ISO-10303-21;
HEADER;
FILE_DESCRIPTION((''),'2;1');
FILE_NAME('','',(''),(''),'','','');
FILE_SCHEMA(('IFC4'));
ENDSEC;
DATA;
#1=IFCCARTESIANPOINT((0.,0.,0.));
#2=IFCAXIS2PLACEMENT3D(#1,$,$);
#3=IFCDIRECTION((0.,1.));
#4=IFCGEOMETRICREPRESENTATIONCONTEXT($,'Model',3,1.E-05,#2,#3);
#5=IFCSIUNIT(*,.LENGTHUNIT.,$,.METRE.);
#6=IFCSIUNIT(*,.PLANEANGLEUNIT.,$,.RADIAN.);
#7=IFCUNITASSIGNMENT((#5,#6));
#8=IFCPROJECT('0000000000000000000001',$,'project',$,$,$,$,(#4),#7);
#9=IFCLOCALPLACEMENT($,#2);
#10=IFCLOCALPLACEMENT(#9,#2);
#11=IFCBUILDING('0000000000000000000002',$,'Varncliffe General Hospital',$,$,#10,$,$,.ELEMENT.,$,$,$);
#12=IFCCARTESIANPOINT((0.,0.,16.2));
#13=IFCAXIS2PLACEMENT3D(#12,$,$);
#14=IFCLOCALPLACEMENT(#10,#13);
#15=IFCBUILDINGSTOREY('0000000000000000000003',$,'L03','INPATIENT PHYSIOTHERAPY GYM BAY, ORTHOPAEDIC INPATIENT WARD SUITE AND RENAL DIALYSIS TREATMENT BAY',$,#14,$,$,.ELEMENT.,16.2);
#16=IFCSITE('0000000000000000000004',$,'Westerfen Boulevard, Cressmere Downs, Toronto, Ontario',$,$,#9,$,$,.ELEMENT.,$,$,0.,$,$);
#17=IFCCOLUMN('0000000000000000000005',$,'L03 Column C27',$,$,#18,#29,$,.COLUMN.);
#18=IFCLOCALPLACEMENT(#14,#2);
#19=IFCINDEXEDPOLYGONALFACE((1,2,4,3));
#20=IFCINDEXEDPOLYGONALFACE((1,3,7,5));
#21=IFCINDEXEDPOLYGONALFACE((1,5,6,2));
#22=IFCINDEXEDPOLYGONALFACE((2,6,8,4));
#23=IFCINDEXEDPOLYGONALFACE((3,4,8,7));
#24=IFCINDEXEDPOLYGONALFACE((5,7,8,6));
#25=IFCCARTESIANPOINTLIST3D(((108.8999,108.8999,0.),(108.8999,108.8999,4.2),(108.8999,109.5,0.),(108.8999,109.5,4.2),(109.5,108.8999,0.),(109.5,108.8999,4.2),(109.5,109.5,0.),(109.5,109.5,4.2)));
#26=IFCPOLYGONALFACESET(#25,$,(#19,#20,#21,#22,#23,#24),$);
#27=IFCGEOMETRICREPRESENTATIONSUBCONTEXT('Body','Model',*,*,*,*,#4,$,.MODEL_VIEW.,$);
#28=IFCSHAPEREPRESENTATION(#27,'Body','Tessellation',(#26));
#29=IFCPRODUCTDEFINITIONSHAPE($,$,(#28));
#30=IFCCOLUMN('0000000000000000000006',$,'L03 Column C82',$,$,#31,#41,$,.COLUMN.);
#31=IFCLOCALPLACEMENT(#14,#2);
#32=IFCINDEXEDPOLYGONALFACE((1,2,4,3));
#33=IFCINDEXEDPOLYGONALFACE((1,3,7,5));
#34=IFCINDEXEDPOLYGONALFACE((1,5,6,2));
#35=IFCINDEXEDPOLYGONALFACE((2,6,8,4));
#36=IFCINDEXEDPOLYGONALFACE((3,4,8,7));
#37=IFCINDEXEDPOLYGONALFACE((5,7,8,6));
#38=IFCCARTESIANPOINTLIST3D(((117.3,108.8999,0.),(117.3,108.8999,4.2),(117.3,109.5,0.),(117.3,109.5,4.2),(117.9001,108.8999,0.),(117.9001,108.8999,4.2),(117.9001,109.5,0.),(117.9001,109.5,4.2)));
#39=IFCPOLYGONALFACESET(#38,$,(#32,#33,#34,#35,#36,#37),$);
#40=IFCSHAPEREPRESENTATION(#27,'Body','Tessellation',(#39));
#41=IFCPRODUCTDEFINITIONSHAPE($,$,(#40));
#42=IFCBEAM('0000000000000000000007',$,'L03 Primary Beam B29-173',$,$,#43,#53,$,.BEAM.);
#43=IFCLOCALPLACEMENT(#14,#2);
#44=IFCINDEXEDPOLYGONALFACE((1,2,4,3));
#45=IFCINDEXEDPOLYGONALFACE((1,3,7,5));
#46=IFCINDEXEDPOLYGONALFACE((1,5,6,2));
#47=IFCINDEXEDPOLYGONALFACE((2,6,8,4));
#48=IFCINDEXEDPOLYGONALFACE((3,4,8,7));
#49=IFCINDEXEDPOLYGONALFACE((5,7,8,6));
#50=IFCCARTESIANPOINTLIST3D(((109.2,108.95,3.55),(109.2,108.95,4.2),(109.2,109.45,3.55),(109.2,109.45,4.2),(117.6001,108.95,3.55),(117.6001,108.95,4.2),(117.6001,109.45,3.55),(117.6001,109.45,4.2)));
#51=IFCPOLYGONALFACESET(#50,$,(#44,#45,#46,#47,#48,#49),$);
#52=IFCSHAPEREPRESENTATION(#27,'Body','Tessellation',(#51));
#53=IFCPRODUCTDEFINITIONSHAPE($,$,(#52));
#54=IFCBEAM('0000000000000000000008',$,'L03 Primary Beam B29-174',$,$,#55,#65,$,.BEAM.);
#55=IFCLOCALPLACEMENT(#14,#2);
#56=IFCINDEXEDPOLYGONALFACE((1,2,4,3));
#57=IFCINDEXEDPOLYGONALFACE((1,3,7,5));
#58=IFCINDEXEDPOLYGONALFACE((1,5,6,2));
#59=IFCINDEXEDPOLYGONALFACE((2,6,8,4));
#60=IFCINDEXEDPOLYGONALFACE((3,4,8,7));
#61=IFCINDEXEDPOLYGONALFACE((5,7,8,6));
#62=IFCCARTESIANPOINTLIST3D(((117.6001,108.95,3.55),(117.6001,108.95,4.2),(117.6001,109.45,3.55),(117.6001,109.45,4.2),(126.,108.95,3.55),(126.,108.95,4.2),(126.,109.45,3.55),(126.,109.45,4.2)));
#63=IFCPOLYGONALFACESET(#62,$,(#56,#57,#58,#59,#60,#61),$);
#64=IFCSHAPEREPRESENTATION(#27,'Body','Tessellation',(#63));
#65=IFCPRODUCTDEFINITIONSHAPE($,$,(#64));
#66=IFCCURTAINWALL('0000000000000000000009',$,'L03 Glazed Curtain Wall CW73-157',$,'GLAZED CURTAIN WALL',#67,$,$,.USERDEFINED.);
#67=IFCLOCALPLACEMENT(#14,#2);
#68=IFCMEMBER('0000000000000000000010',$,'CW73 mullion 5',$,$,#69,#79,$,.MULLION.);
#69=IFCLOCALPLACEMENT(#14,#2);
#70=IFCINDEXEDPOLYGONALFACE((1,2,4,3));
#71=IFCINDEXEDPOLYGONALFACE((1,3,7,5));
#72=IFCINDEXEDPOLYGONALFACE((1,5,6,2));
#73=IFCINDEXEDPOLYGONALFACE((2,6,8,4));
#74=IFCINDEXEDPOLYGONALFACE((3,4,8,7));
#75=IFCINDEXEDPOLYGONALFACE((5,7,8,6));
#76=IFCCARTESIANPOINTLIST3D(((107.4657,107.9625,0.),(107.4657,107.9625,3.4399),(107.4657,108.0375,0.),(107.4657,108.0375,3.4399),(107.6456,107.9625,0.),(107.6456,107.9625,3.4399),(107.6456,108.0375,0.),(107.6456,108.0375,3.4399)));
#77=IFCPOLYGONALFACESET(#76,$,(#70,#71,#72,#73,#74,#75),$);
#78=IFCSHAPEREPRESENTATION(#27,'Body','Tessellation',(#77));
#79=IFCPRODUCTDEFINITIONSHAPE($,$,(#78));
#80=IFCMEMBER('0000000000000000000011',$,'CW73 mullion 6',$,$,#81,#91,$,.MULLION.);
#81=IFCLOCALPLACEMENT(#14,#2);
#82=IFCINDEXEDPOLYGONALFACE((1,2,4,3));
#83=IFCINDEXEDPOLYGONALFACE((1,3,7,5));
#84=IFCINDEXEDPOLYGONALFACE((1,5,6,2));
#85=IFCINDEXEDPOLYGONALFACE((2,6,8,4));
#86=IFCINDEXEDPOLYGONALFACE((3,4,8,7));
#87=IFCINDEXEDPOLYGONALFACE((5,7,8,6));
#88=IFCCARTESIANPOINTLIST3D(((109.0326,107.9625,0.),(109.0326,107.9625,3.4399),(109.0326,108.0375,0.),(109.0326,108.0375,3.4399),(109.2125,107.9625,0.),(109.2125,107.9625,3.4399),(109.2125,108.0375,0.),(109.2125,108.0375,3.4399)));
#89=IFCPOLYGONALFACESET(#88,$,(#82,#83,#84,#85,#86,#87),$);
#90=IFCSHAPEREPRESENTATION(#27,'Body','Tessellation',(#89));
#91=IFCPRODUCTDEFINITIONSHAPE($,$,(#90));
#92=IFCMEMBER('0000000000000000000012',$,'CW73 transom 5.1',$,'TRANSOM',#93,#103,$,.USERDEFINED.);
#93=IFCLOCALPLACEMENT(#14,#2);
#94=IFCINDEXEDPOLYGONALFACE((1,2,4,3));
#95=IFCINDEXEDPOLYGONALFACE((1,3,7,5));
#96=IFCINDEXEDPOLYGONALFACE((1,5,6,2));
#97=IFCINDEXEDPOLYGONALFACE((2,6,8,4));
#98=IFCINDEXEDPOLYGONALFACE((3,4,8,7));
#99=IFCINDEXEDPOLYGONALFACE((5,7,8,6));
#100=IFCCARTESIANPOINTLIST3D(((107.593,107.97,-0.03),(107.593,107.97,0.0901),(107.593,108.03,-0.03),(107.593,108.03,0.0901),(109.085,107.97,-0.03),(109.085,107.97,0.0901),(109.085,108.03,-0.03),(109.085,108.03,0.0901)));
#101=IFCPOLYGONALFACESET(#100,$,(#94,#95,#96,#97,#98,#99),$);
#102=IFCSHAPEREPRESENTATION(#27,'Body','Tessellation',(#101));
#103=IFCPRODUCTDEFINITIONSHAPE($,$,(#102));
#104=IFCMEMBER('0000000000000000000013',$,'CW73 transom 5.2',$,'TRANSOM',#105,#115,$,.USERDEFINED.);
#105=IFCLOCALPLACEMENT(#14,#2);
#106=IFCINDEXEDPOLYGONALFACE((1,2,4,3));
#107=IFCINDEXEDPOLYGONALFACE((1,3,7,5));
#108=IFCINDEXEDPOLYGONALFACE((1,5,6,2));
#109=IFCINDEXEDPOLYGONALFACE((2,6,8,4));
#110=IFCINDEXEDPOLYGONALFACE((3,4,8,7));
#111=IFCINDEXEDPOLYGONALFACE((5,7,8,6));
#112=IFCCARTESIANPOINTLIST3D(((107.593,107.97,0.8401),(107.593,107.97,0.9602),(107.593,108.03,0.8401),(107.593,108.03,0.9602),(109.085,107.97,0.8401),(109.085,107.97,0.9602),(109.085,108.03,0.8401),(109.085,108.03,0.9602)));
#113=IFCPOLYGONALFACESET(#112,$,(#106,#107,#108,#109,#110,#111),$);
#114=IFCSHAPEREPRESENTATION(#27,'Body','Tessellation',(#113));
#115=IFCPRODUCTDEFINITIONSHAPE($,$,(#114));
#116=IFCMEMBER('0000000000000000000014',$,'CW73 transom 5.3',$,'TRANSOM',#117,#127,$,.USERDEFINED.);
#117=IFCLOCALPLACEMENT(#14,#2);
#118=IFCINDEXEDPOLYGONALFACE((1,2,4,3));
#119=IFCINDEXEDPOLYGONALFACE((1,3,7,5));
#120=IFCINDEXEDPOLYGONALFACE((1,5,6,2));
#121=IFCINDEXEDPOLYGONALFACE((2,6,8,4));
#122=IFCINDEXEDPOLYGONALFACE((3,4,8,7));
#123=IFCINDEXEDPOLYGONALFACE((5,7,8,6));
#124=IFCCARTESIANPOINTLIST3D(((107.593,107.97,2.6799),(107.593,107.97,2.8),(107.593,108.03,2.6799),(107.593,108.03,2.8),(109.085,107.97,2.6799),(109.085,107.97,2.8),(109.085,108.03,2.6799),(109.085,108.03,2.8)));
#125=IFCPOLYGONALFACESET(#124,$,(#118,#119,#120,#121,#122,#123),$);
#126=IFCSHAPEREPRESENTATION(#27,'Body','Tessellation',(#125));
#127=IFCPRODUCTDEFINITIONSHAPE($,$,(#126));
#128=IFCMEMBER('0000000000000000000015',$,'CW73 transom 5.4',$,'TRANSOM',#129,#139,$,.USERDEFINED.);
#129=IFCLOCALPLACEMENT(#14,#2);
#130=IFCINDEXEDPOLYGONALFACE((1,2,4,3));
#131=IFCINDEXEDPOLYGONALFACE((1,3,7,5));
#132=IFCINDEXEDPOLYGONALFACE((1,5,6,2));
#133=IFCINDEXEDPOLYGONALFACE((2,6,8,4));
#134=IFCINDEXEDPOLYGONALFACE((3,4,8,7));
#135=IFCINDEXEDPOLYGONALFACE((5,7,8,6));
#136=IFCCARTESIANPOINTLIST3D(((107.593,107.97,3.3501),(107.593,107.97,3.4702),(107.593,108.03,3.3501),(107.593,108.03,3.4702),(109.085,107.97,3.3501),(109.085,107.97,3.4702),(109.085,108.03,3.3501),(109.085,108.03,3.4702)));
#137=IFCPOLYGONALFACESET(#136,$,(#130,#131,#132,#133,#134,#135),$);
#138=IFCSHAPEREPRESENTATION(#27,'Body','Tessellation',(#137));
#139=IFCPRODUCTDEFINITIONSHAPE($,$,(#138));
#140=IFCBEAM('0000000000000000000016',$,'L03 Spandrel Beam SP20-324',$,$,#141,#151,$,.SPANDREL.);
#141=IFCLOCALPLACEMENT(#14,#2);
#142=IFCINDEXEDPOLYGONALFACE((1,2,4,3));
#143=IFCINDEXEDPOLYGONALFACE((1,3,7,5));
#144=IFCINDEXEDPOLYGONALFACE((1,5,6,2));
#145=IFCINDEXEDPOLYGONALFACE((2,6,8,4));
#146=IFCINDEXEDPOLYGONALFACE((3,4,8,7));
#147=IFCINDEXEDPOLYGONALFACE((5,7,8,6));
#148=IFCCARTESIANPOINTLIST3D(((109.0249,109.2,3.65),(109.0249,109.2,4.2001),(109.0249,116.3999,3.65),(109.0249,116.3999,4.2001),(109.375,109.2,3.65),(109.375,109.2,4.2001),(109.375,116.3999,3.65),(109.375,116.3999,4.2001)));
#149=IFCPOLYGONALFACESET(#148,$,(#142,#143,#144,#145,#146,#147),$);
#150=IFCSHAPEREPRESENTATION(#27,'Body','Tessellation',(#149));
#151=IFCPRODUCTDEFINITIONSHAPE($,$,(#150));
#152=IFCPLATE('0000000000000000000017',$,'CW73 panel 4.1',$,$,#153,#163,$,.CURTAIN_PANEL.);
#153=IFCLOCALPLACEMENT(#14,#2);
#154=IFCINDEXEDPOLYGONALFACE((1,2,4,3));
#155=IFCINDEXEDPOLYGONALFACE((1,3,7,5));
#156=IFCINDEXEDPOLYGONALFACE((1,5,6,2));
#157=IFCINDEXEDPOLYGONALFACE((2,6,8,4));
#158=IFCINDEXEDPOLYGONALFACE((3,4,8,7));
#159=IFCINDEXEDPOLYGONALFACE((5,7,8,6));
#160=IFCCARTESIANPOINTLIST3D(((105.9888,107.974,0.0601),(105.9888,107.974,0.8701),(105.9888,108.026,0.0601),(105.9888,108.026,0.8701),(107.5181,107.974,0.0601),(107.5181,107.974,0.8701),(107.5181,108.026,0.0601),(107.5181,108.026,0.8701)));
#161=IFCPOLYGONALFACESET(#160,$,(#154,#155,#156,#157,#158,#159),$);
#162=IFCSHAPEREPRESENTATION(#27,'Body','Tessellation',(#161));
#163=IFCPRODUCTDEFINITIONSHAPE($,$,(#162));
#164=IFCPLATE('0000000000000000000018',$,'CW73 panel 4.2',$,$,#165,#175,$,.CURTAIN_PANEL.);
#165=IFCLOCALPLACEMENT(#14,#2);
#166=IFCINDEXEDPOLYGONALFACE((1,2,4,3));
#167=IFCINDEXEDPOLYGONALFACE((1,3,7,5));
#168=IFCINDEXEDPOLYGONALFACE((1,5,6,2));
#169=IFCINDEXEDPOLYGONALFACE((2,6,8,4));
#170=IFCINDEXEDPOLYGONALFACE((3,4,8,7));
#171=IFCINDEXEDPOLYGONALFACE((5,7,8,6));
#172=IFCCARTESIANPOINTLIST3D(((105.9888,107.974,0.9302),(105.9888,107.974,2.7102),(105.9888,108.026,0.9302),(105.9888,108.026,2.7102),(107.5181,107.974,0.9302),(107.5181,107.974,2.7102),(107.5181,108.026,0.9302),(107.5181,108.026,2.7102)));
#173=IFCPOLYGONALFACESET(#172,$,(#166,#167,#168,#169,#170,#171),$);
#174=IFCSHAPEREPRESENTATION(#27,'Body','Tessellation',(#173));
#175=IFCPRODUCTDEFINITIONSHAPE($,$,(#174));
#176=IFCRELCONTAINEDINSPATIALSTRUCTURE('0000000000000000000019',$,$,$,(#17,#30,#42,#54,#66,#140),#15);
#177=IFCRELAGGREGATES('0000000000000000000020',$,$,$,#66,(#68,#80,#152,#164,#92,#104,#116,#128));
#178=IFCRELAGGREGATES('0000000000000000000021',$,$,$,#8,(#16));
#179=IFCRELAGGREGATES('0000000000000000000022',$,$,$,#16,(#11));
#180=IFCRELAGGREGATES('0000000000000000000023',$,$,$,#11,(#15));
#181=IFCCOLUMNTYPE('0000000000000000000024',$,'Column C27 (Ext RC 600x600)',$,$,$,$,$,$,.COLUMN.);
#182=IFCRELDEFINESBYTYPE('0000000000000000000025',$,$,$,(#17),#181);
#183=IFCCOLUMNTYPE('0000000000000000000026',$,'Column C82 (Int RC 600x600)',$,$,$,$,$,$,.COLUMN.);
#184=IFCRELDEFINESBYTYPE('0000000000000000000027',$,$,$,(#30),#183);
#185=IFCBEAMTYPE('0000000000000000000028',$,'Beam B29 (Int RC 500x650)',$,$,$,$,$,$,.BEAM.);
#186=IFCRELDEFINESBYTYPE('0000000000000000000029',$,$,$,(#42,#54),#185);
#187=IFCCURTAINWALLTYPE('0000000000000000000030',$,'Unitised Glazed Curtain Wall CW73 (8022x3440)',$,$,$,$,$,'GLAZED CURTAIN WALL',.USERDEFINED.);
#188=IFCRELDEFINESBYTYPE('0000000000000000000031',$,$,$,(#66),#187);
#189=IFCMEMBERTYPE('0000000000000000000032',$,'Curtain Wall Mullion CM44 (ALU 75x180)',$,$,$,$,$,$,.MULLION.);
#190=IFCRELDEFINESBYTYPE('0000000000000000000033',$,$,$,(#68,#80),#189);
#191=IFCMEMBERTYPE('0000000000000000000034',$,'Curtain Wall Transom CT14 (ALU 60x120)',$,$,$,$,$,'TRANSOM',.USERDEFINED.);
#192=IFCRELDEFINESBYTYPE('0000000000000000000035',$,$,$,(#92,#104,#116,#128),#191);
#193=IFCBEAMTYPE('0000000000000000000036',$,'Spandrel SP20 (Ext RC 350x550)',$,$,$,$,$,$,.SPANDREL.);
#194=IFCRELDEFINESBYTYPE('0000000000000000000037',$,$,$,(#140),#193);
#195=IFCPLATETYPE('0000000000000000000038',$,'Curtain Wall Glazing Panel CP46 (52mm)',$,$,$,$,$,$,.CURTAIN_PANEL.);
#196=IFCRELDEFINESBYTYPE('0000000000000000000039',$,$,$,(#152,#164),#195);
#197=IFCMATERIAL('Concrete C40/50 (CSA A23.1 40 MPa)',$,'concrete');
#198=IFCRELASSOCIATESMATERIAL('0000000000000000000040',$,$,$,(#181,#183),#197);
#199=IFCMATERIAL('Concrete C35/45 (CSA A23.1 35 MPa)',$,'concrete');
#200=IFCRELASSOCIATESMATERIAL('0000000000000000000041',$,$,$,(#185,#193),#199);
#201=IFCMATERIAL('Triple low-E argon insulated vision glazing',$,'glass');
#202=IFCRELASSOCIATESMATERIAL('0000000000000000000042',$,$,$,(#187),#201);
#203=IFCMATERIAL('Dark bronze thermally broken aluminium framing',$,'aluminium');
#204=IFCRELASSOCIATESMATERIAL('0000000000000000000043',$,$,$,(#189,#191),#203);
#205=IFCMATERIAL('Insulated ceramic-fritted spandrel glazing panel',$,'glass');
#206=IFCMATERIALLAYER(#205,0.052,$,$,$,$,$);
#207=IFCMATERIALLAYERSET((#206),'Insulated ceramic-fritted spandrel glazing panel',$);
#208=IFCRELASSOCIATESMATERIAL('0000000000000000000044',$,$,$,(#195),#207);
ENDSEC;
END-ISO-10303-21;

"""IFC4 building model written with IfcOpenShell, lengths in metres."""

from ifc_helpers import new_model, si_unit, direction, frame, origin, origin_2d, place, context, subcontext, project, spatial, rectangle, extrude, material, layer, layer_set, material_profile, profile_set, type_object, element, aggregate, save


model = new_model("IFC4")

# Units and contexts
model_context = context("Model", 3, precision=1e-05, world=origin(), true_north=direction((0.0, 1.0)))
body_context = subcontext(model_context, "Body", "Model", "MODEL_VIEW")
ifc_project = project(units=[si_unit("LENGTHUNIT", "METRE"), si_unit("PLANEANGLEUNIT", "RADIAN")], contexts=[model_context])

# Site, building, storey
site_placement = place(None, origin())
site = spatial("IfcSite", under=ifc_project, at=site_placement, Name="Westerfen Boulevard, Cressmere Downs, Toronto, Ontario", CompositionType="ELEMENT", RefElevation=0.0)
building_placement = place(site_placement, origin())
building = spatial("IfcBuilding", under=site, at=building_placement, Name="Varncliffe General Hospital", CompositionType="ELEMENT")
storey_placement = place(building_placement, frame((0.0, 0.0, 16.2)))
storey = spatial("IfcBuildingStorey", under=building, at=storey_placement, Name="L03", Description="INPATIENT PHYSIOTHERAPY GYM BAY, ORTHOPAEDIC INPATIENT WARD SUITE AND RENAL DIALYSIS TREATMENT BAY", CompositionType="ELEMENT", Elevation=16.2)

# Columns
ifc_material_1 = material(Name="Concrete C40/50 (CSA A23.1 40 MPa)", Category="concrete")
ifc_material_profile_1 = material_profile(ifc_material_1, rectangle(XDim=0.6001, YDim=0.6001, at=origin_2d()), Name="RC 600x600")
ifc_profile_set_1 = profile_set([ifc_material_profile_1], Name="Concrete C40/50 (CSA A23.1 40 MPa)")
column_type_1 = type_object("IfcColumnType", Name="Column C27 (Ext RC 600x600)", PredefinedType="COLUMN", material=ifc_profile_set_1)
column_1_placement = place(storey_placement, frame((109.2, 109.2, 0.0), z_axis=(0.0, 0.0, 1.0), x_axis=(1.0, 0.0, 0.0)))
element("IfcColumn", 1, at=column_1_placement, inside=storey, type_object=column_type_1, Name="L03 Column C27", PredefinedType="COLUMN", context=body_context, shape_type="SweptSolid", body=[
    extrude(rectangle(XDim=0.6001, YDim=0.6001, at=origin_2d()), origin(), (0.0, 0.0, 1.0), 4.2),
])
ifc_material_profile_2 = material_profile(ifc_material_1, rectangle(XDim=0.6001, YDim=0.6001, at=origin_2d()), Name="RC 600x600")
ifc_profile_set_2 = profile_set([ifc_material_profile_2], Name="Concrete C40/50 (CSA A23.1 40 MPa)")
column_type_2 = type_object("IfcColumnType", Name="Column C82 (Int RC 600x600)", PredefinedType="COLUMN", material=ifc_profile_set_2)
column_2_placement = place(storey_placement, frame((117.6001, 109.2, 0.0), z_axis=(0.0, 0.0, 1.0), x_axis=(1.0, 0.0, 0.0)))
element("IfcColumn", 2, at=column_2_placement, inside=storey, type_object=column_type_2, Name="L03 Column C82", PredefinedType="COLUMN", context=body_context, shape_type="SweptSolid", body=[
    extrude(rectangle(XDim=0.6001, YDim=0.6001, at=origin_2d()), origin(), (0.0, 0.0, 1.0), 4.2),
])

# Beams
ifc_material_2 = material(Name="Concrete C35/45 (CSA A23.1 35 MPa)", Category="concrete")
ifc_material_profile_3 = material_profile(ifc_material_2, rectangle(XDim=0.5, YDim=0.6499, at=origin_2d()), Name="RC 500x650")
ifc_profile_set_3 = profile_set([ifc_material_profile_3], Name="Concrete C35/45 (CSA A23.1 35 MPa)")
beam_type_1 = type_object("IfcBeamType", Name="Beam B29 (Int RC 500x650)", PredefinedType="BEAM", material=ifc_profile_set_3)
beam_1_placement = place(storey_placement, frame((109.2, 109.2, 3.875), z_axis=(1.0, 0.0, 0.0), x_axis=(0.0, 1.0, 0.0)))
element("IfcBeam", 3, at=beam_1_placement, inside=storey, type_object=beam_type_1, Name="L03 Primary Beam B29-173", PredefinedType="BEAM", context=body_context, shape_type="SweptSolid", body=[
    extrude(rectangle(XDim=0.5, YDim=0.6499, at=origin_2d()), origin(), (0.0, 0.0, 1.0), 8.4001),
])
beam_2_placement = place(storey_placement, frame((117.6001, 109.2, 3.875), z_axis=(1.0, 0.0, 0.0), x_axis=(0.0, 1.0, 0.0)))
element("IfcBeam", 4, at=beam_2_placement, inside=storey, type_object=beam_type_1, Name="L03 Primary Beam B29-174", PredefinedType="BEAM", context=body_context, shape_type="SweptSolid", body=[
    extrude(rectangle(XDim=0.5, YDim=0.6499, at=origin_2d()), origin(), (0.0, 0.0, 1.0), 8.3999),
])

# Curtain wall, members
ifc_material_3 = material(Name="Triple low-E argon insulated vision glazing", Category="glass")
curtain_wall_type = type_object("IfcCurtainWallType", Name="Unitised Glazed Curtain Wall CW73 (8022x3440)", ElementType="GLAZED CURTAIN WALL", PredefinedType="USERDEFINED", material=ifc_material_3)
curtain_wall_placement = place(storey_placement, origin())
curtain_wall = element("IfcCurtainWall", 5, at=curtain_wall_placement, inside=storey, type_object=curtain_wall_type, Name="L03 Glazed Curtain Wall CW73-157", ObjectType="GLAZED CURTAIN WALL", PredefinedType="USERDEFINED")
ifc_material_4 = material(Name="Dark bronze thermally broken aluminium framing", Category="aluminium")
ifc_material_profile_4 = material_profile(ifc_material_4, rectangle(XDim=0.075, YDim=0.1799, at=origin_2d()), Name="ALU 75x180")
ifc_profile_set_4 = profile_set([ifc_material_profile_4], Name="Dark bronze thermally broken aluminium framing")
member_type_1 = type_object("IfcMemberType", Name="Curtain Wall Mullion CM44 (ALU 75x180)", PredefinedType="MULLION", material=ifc_profile_set_4)
member_1_placement = place(storey_placement, frame((107.5557, 108.0, 0.0), z_axis=(0.0, 0.0, 1.0), x_axis=(0.0, 1.0, 0.0)))
member_1 = element("IfcMember", 6, at=member_1_placement, type_object=member_type_1, Name="CW73 mullion 5", PredefinedType="MULLION", context=body_context, shape_type="SweptSolid", body=[
    extrude(rectangle(XDim=0.075, YDim=0.1799, at=origin_2d()), origin(), (0.0, 0.0, 1.0), 3.4399),
])
member_2_placement = place(storey_placement, frame((109.1226, 108.0, 0.0), z_axis=(0.0, 0.0, 1.0), x_axis=(0.0, 1.0, 0.0)))
member_2 = element("IfcMember", 7, at=member_2_placement, type_object=member_type_1, Name="CW73 mullion 6", PredefinedType="MULLION", context=body_context, shape_type="SweptSolid", body=[
    extrude(rectangle(XDim=0.075, YDim=0.1799, at=origin_2d()), origin(), (0.0, 0.0, 1.0), 3.4399),
])
ifc_material_profile_5 = material_profile(ifc_material_4, rectangle(XDim=0.0601, YDim=0.1201, at=origin_2d()), Name="ALU 60x120")
ifc_profile_set_5 = profile_set([ifc_material_profile_5], Name="Dark bronze thermally broken aluminium framing")
member_type_2 = type_object("IfcMemberType", Name="Curtain Wall Transom CT14 (ALU 60x120)", ElementType="TRANSOM", PredefinedType="USERDEFINED", material=ifc_profile_set_5)
member_3_placement = place(storey_placement, frame((107.593, 108.0, 0.03), z_axis=(1.0, 0.0, 0.0), x_axis=(0.0, 1.0, 0.0)))
member_3 = element("IfcMember", 8, at=member_3_placement, type_object=member_type_2, Name="CW73 transom 5.1", ObjectType="TRANSOM", PredefinedType="USERDEFINED", context=body_context, shape_type="SweptSolid", body=[
    extrude(rectangle(XDim=0.0601, YDim=0.1201, at=origin_2d()), origin(), (0.0, 0.0, 1.0), 1.4919),
])
member_4_placement = place(storey_placement, frame((107.593, 108.0, 0.9001), z_axis=(1.0, 0.0, 0.0), x_axis=(0.0, 1.0, 0.0)))
member_4 = element("IfcMember", 9, at=member_4_placement, type_object=member_type_2, Name="CW73 transom 5.2", ObjectType="TRANSOM", PredefinedType="USERDEFINED", context=body_context, shape_type="SweptSolid", body=[
    extrude(rectangle(XDim=0.0601, YDim=0.1201, at=origin_2d()), origin(), (0.0, 0.0, 1.0), 1.4919),
])
member_5_placement = place(storey_placement, frame((107.593, 108.0, 2.74), z_axis=(1.0, 0.0, 0.0), x_axis=(0.0, 1.0, 0.0)))
member_5 = element("IfcMember", 10, at=member_5_placement, type_object=member_type_2, Name="CW73 transom 5.3", ObjectType="TRANSOM", PredefinedType="USERDEFINED", context=body_context, shape_type="SweptSolid", body=[
    extrude(rectangle(XDim=0.0601, YDim=0.1201, at=origin_2d()), origin(), (0.0, 0.0, 1.0), 1.4919),
])
member_6_placement = place(storey_placement, frame((107.593, 108.0, 3.4102), z_axis=(1.0, 0.0, 0.0), x_axis=(0.0, 1.0, 0.0)))
member_6 = element("IfcMember", 11, at=member_6_placement, type_object=member_type_2, Name="CW73 transom 5.4", ObjectType="TRANSOM", PredefinedType="USERDEFINED", context=body_context, shape_type="SweptSolid", body=[
    extrude(rectangle(XDim=0.0601, YDim=0.1201, at=origin_2d()), origin(), (0.0, 0.0, 1.0), 1.4919),
])

# Beam
ifc_material_profile_6 = material_profile(ifc_material_2, rectangle(XDim=0.3501, YDim=0.55, at=origin_2d()), Name="RC 350x550")
ifc_profile_set_6 = profile_set([ifc_material_profile_6], Name="Concrete C35/45 (CSA A23.1 35 MPa)")
beam_type_2 = type_object("IfcBeamType", Name="Spandrel SP20 (Ext RC 350x550)", PredefinedType="SPANDREL", material=ifc_profile_set_6)
beam_3_placement = place(storey_placement, frame((109.2, 109.2, 3.925), z_axis=(0.0, 1.0, 0.0), x_axis=(-1.0, 0.0, 0.0)))
element("IfcBeam", 12, at=beam_3_placement, inside=storey, type_object=beam_type_2, Name="L03 Spandrel Beam SP20-324", PredefinedType="SPANDREL", context=body_context, shape_type="SweptSolid", body=[
    extrude(rectangle(XDim=0.3501, YDim=0.55, at=origin_2d()), origin(), (0.0, 0.0, 1.0), 7.2),
])

# Plates
ifc_material_5 = material(Name="Insulated ceramic-fritted spandrel glazing panel", Category="glass")
ifc_layer_1 = layer(ifc_material_5, 0.052)
ifc_layer_set_1 = layer_set([ifc_layer_1], Name="Insulated ceramic-fritted spandrel glazing panel")
plate_type = type_object("IfcPlateType", Name="Curtain Wall Glazing Panel CP46 (52mm)", PredefinedType="CURTAIN_PANEL", material=ifc_layer_set_1)
plate_1_placement = place(storey_placement, frame((106.7534, 108.0, 0.0601), z_axis=(0.0, 0.0, 1.0), x_axis=(1.0, 0.0, 0.0)))
plate_1 = element("IfcPlate", 13, at=plate_1_placement, type_object=plate_type, Name="CW73 panel 4.1", PredefinedType="CURTAIN_PANEL", context=body_context, shape_type="SweptSolid", body=[
    extrude(rectangle(XDim=1.5293, YDim=0.052, at=origin_2d()), origin(), (0.0, 0.0, 1.0), 0.8101),
])
plate_2_placement = place(storey_placement, frame((106.7534, 108.0, 0.9302), z_axis=(0.0, 0.0, 1.0), x_axis=(1.0, 0.0, 0.0)))
plate_2 = element("IfcPlate", 14, at=plate_2_placement, type_object=plate_type, Name="CW73 panel 4.2", PredefinedType="CURTAIN_PANEL", context=body_context, shape_type="SweptSolid", body=[
    extrude(rectangle(XDim=1.5293, YDim=0.052, at=origin_2d()), origin(), (0.0, 0.0, 1.0), 1.78),
])
aggregate(curtain_wall, [member_1, member_2, plate_1, plate_2, member_3, member_4, member_5, member_6])

save(model, "model.ifc")
